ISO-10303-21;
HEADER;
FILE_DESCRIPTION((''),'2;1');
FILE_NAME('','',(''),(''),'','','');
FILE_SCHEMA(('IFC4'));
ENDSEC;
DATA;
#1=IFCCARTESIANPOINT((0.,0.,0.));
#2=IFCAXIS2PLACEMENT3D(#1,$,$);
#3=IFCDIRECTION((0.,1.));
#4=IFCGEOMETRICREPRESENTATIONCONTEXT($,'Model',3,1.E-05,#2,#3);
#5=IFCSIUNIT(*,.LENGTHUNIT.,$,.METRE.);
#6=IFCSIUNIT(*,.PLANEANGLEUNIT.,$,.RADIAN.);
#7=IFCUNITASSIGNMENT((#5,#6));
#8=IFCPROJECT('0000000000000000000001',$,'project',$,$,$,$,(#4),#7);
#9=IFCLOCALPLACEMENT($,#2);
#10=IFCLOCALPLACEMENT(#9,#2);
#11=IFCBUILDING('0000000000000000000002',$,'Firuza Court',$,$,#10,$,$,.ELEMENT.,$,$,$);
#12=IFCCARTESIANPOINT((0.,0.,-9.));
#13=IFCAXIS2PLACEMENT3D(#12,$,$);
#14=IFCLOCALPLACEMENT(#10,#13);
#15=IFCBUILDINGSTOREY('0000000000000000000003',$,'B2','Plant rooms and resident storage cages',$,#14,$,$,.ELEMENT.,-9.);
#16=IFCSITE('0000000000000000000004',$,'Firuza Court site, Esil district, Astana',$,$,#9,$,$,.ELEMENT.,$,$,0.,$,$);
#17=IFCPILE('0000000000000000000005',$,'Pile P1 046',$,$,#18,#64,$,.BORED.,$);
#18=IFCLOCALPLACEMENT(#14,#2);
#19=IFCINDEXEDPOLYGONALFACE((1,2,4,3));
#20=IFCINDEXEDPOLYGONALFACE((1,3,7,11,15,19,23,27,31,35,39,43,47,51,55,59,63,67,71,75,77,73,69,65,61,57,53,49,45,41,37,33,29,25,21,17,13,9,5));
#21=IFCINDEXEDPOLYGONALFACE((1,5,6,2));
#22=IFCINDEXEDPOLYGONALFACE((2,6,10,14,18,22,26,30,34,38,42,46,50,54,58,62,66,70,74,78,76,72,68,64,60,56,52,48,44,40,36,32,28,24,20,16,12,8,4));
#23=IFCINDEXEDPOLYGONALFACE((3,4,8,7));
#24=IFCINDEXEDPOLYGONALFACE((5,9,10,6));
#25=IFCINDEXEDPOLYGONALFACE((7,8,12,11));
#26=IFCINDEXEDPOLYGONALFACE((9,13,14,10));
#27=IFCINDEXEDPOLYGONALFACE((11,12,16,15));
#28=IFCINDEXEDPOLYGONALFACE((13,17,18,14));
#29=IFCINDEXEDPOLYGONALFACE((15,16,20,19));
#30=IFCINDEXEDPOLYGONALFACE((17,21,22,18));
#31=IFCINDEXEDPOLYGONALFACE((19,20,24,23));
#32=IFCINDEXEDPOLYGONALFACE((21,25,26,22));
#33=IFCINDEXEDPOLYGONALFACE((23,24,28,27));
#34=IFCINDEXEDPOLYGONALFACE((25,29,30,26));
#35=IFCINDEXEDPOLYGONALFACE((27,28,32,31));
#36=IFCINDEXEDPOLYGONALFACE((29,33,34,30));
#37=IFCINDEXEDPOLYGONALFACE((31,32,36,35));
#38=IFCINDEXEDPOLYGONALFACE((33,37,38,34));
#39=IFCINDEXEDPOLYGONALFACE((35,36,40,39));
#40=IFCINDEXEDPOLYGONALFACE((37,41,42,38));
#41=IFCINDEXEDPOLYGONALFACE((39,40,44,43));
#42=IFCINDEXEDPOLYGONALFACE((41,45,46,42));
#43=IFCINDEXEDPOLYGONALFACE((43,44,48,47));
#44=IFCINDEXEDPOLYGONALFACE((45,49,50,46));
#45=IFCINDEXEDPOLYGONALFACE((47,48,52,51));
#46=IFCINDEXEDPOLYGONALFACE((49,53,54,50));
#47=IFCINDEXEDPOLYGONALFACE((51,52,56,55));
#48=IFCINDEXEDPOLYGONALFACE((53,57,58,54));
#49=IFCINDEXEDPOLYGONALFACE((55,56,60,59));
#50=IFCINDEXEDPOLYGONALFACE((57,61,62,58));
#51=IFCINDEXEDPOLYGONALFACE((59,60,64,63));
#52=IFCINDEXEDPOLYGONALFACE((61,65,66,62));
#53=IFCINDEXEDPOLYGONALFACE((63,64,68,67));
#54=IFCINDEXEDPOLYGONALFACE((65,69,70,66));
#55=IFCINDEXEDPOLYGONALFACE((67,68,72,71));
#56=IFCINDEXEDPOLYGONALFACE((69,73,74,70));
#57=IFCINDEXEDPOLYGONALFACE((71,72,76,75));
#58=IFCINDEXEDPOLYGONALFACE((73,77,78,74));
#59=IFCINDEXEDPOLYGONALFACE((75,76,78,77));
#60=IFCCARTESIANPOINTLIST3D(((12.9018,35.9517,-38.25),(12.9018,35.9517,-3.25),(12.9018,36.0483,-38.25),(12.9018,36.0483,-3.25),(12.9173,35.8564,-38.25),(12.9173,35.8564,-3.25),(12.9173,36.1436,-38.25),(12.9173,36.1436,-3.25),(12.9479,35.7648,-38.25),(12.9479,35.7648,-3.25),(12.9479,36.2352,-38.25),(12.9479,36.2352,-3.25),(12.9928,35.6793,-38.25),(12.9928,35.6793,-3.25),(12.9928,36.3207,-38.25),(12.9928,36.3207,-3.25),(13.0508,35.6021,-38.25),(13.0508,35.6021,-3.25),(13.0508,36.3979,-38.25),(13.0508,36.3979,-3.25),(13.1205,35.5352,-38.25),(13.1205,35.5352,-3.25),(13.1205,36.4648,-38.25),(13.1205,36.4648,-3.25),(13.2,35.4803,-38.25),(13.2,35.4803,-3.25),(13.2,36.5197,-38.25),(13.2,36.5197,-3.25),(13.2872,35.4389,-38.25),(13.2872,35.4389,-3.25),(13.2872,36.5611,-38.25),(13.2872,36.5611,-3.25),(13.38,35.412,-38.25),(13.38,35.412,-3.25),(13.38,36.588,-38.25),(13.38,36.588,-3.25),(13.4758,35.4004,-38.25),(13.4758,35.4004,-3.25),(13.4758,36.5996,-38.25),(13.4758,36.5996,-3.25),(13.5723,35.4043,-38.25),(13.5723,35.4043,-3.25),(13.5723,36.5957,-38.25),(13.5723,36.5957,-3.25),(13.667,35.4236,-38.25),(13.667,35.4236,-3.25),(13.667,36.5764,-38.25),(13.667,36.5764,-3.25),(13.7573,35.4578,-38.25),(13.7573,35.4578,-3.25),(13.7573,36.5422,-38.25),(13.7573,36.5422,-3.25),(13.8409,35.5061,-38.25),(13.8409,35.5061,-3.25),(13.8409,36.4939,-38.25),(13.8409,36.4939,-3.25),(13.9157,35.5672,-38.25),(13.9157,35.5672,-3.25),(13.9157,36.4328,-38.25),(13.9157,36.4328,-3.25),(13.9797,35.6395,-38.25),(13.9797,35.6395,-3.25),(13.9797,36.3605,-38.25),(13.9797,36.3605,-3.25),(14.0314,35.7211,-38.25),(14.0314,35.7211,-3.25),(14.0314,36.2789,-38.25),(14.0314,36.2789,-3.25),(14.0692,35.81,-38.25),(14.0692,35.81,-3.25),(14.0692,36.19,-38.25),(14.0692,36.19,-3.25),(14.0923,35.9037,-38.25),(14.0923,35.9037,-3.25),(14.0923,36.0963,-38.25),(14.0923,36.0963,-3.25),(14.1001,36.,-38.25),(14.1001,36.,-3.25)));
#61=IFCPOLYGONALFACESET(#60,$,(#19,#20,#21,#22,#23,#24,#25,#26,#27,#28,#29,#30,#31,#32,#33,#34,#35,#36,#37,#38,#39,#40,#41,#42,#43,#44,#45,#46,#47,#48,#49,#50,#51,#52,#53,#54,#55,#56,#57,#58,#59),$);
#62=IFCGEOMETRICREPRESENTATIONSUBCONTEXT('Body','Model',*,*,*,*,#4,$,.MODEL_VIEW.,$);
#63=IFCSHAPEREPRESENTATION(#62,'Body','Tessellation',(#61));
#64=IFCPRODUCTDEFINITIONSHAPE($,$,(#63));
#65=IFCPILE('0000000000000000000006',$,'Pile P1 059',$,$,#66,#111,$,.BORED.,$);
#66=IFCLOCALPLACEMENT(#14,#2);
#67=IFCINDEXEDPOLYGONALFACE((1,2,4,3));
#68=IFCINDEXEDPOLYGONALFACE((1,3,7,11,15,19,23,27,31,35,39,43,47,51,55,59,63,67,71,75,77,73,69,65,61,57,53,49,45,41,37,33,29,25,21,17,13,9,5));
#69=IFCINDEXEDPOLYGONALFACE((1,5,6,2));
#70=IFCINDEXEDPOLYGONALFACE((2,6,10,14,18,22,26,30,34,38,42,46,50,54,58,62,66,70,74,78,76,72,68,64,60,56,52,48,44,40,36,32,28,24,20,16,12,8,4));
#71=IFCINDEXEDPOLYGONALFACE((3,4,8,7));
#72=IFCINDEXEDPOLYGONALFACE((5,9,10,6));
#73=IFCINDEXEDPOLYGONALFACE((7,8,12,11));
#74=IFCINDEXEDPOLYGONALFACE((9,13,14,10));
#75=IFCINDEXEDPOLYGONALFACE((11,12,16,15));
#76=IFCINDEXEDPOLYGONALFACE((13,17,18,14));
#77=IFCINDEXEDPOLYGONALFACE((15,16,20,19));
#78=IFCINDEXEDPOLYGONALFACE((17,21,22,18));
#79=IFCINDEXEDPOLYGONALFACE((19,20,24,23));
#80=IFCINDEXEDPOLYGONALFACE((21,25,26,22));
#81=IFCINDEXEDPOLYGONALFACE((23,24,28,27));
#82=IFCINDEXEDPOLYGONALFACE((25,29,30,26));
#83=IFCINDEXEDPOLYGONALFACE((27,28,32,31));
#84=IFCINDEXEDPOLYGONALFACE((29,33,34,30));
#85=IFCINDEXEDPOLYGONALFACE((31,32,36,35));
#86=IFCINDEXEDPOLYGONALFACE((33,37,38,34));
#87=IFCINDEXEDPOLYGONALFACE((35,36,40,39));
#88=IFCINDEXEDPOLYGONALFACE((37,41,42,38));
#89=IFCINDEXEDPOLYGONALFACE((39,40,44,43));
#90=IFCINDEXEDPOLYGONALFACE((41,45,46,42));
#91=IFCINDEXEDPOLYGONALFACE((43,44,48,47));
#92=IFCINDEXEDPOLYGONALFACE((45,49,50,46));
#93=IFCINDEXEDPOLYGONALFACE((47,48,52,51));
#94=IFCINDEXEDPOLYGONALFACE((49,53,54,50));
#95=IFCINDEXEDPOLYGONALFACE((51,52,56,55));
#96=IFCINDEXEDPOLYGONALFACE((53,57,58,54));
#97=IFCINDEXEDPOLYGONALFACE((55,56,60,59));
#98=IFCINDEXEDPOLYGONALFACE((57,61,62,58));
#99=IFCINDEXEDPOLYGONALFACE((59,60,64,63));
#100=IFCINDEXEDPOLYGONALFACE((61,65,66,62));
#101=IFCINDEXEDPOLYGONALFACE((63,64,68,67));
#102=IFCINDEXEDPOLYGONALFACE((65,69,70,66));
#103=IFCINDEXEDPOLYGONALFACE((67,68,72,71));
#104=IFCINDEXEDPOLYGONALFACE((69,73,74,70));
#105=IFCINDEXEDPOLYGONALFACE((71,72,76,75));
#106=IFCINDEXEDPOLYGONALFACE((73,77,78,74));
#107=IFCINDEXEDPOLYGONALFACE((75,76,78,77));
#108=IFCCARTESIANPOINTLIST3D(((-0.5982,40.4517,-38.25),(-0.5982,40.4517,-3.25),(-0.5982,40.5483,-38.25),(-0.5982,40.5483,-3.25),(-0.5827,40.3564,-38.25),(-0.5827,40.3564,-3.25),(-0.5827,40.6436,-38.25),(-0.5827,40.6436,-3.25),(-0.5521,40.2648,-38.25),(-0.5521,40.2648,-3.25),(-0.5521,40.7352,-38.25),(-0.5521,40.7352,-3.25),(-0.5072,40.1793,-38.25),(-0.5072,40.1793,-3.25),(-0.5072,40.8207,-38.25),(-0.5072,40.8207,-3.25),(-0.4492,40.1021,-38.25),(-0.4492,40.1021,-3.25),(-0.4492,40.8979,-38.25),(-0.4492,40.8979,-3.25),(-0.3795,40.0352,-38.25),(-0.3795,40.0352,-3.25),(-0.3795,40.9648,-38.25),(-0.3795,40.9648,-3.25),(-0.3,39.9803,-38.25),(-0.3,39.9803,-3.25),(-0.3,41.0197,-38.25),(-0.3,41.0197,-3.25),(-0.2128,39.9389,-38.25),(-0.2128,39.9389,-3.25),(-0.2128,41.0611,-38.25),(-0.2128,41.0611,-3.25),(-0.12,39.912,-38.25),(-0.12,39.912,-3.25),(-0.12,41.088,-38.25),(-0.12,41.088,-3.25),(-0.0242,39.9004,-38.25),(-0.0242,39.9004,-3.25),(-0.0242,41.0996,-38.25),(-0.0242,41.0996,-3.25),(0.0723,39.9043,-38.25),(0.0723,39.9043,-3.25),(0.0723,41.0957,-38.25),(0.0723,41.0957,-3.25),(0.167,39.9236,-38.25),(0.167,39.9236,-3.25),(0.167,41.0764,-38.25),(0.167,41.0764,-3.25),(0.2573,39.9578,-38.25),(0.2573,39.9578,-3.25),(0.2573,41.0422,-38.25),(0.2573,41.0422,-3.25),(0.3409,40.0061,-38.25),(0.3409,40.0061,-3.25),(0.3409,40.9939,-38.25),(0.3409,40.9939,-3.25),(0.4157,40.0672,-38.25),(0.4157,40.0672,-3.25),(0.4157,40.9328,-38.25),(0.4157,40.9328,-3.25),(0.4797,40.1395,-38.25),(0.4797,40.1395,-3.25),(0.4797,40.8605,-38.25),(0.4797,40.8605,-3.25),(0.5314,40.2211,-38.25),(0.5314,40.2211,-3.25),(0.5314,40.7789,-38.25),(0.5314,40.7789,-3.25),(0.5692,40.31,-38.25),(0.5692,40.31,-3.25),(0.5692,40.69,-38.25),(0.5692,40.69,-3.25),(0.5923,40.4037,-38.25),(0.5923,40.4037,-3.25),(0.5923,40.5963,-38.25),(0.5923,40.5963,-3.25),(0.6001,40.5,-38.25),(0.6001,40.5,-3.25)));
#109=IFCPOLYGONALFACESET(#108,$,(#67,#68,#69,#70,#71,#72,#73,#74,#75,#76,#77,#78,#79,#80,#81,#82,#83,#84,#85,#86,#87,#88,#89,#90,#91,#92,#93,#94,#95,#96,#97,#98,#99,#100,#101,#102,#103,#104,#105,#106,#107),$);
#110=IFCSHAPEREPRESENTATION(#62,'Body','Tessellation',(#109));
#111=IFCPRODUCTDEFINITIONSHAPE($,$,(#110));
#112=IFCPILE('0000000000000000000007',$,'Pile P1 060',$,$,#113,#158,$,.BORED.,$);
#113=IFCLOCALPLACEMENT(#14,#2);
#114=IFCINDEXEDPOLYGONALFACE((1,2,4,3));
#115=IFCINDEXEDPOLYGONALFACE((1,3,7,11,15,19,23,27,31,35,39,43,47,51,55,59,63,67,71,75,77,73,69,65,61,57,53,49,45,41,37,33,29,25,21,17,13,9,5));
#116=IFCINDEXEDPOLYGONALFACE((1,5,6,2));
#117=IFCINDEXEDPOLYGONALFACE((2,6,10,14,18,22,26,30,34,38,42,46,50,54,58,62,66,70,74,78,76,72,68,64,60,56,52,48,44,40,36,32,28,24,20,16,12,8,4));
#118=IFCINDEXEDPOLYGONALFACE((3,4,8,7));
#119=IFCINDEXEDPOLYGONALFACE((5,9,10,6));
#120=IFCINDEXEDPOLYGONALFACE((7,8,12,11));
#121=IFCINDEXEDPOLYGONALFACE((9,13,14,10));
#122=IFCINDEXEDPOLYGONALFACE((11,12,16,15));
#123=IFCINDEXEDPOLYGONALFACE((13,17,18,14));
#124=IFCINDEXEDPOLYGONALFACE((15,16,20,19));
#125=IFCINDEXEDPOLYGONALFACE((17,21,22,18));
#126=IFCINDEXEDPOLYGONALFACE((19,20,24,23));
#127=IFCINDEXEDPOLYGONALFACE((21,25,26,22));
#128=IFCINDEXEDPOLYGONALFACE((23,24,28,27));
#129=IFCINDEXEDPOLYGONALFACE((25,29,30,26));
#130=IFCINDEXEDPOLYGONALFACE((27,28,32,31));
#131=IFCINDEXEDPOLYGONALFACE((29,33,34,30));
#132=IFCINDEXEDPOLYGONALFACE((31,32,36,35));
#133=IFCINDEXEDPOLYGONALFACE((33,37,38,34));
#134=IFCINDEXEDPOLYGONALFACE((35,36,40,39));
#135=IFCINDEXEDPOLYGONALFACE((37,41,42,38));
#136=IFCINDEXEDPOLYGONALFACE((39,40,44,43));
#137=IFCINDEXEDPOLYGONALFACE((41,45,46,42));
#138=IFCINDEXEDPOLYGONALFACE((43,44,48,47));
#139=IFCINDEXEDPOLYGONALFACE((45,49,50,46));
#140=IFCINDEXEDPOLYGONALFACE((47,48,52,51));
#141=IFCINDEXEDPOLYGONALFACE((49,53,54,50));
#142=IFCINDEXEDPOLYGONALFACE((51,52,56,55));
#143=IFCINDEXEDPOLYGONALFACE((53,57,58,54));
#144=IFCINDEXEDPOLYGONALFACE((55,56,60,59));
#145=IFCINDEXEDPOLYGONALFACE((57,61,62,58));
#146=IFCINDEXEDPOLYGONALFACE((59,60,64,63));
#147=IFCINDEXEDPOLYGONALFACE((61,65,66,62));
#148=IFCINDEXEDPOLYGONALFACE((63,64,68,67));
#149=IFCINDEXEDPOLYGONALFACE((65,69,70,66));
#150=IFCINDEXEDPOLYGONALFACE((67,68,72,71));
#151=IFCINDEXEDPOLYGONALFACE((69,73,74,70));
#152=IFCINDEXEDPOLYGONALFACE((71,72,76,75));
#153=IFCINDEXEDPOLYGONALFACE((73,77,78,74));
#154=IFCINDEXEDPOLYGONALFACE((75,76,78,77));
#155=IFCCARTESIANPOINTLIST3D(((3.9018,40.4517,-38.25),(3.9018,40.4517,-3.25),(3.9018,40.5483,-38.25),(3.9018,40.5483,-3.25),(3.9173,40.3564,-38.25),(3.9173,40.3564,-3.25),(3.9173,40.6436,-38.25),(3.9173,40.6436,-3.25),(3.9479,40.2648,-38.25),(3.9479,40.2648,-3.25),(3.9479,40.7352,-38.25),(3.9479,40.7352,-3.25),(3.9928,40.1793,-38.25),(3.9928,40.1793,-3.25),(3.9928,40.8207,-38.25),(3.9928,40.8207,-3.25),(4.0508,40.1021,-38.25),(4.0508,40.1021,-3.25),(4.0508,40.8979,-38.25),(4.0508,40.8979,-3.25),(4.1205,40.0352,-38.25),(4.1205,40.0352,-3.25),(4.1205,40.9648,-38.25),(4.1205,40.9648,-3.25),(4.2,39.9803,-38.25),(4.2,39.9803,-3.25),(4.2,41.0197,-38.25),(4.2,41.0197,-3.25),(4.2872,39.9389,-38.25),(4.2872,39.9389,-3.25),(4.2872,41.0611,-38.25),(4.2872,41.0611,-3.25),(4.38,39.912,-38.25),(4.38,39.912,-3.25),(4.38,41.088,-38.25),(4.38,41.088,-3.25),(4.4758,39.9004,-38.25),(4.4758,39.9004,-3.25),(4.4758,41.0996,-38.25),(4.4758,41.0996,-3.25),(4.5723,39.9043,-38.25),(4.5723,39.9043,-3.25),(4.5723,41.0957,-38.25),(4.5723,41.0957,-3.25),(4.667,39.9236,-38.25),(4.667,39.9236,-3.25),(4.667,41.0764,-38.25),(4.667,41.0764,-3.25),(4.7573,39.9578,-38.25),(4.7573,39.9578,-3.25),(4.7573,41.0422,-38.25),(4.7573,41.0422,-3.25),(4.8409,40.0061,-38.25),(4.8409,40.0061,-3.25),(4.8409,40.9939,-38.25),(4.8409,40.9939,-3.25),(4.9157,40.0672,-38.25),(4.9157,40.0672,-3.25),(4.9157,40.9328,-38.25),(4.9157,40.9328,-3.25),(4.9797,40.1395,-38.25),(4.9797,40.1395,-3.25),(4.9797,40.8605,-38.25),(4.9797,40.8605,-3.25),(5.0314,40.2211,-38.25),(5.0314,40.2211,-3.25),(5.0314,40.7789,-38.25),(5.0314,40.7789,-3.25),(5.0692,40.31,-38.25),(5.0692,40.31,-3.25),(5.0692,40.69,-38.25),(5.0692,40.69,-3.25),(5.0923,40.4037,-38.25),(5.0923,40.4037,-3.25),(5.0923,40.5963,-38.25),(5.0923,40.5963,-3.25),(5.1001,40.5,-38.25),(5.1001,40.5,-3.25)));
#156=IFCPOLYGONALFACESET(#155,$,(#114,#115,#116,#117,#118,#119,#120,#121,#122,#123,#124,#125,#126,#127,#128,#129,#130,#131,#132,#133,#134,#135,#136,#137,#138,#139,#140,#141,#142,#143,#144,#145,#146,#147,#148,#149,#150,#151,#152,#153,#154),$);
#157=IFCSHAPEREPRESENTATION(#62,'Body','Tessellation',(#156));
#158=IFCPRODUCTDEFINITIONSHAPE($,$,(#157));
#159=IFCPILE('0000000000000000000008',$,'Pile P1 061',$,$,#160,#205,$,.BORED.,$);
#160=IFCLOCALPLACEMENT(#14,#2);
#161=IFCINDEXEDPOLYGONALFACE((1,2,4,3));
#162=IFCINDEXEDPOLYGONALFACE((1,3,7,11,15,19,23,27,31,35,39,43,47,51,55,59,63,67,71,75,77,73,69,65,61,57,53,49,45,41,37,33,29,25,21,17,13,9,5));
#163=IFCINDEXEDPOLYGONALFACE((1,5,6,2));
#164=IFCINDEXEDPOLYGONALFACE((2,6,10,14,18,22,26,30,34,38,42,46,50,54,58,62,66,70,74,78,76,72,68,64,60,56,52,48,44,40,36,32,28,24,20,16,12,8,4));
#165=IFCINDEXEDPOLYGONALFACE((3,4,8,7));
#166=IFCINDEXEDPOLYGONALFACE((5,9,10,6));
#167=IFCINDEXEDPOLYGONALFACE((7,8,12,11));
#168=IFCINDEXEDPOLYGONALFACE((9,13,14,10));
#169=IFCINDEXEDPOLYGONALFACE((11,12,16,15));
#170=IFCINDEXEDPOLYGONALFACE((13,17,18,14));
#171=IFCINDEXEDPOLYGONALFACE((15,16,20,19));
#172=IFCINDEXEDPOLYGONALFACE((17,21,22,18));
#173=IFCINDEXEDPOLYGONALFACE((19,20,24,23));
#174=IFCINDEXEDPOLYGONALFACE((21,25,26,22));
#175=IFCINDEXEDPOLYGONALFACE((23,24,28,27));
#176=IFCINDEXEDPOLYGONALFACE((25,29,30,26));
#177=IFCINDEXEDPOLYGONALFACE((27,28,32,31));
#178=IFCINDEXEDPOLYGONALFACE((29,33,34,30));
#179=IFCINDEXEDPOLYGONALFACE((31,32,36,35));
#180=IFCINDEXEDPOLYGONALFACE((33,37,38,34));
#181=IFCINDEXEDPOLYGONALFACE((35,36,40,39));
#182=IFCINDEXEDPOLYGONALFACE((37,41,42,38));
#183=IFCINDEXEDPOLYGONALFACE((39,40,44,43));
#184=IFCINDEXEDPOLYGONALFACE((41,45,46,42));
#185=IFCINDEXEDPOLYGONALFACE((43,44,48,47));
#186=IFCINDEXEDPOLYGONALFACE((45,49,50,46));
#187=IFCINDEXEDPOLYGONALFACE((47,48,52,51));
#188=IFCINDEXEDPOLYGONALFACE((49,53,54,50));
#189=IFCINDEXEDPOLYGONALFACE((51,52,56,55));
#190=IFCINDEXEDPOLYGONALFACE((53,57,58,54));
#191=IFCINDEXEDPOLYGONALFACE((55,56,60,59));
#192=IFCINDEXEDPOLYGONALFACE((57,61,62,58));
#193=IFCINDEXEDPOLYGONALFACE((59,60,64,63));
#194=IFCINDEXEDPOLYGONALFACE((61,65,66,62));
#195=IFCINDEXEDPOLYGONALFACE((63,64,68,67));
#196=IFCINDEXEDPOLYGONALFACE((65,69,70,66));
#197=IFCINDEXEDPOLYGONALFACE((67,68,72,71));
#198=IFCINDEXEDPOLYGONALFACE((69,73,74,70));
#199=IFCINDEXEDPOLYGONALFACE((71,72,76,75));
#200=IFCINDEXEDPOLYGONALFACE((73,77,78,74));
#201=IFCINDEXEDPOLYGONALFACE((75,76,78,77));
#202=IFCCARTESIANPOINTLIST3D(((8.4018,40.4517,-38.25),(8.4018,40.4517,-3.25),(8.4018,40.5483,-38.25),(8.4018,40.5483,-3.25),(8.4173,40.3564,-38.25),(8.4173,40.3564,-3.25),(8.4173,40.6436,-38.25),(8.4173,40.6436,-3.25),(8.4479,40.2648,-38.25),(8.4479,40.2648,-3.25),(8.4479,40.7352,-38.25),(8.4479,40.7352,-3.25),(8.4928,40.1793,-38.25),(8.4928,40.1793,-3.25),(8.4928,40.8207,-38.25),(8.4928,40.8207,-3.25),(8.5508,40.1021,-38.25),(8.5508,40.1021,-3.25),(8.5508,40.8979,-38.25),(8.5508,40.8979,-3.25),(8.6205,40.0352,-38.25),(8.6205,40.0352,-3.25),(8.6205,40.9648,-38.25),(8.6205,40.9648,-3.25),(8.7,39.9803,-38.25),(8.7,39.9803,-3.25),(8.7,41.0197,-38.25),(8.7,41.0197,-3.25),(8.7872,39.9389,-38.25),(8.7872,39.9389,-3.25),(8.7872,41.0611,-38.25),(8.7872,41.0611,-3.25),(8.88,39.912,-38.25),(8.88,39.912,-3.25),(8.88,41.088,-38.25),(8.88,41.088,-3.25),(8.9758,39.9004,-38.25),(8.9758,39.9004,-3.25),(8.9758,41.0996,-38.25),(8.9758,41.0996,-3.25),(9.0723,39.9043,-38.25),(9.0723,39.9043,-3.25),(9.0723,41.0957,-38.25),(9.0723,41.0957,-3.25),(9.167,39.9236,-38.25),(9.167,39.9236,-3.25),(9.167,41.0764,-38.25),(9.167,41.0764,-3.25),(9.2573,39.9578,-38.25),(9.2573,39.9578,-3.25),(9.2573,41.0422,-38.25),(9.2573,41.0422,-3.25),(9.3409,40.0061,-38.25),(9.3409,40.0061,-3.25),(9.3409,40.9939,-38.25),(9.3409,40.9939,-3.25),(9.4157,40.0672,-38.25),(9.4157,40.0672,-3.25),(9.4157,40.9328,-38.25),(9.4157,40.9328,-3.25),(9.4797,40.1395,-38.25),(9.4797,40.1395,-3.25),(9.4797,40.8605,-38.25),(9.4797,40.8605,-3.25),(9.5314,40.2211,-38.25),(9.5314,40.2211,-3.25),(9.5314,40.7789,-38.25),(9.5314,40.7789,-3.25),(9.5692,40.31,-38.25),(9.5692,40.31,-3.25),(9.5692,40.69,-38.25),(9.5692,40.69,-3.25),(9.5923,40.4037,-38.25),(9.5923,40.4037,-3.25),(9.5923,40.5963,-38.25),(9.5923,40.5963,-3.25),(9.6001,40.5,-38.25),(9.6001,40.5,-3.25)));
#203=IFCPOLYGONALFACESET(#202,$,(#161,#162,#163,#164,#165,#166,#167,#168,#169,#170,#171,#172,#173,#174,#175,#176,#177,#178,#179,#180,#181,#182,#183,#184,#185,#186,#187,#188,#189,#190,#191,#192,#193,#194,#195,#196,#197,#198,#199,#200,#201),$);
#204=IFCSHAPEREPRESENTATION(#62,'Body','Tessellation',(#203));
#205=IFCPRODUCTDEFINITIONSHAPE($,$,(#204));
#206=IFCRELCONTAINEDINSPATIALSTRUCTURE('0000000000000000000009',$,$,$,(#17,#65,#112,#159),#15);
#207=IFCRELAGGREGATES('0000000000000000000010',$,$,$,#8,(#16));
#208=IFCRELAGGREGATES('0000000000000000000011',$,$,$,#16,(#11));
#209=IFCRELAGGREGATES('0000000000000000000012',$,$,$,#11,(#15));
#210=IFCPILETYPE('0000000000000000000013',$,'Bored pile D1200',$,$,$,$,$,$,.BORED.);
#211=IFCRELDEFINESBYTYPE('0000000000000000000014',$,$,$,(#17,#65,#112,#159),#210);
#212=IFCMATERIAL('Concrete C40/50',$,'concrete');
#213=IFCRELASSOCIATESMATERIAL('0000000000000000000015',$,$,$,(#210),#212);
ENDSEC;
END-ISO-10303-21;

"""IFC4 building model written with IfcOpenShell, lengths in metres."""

from ifc_helpers import new_model, si_unit, direction, frame, origin, origin_2d, place, context, subcontext, project, spatial, circle, extrude, material, material_profile, profile_set, type_object, element, save


model = new_model("IFC4")

# Units and contexts
model_context = context("Model", 3, precision=1e-05, world=origin(), true_north=direction((0.0, 1.0)))
body_context = subcontext(model_context, "Body", "Model", "MODEL_VIEW")
ifc_project = project(units=[si_unit("LENGTHUNIT", "METRE"), si_unit("PLANEANGLEUNIT", "RADIAN")], contexts=[model_context])

# Site, building, storey
site_placement = place(None, origin())
site = spatial("IfcSite", under=ifc_project, at=site_placement, Name="Firuza Court site, Esil district, Astana", CompositionType="ELEMENT", RefElevation=0.0)
building_placement = place(site_placement, origin())
building = spatial("IfcBuilding", under=site, at=building_placement, Name="Firuza Court", CompositionType="ELEMENT")
storey_placement = place(building_placement, frame((0.0, 0.0, -9.0)))
storey = spatial("IfcBuildingStorey", under=building, at=storey_placement, Name="B2", Description="Plant rooms and resident storage cages", CompositionType="ELEMENT", Elevation=-9.0)

# Piles
ifc_material_1 = material(Name="Concrete C40/50", Category="concrete")
ifc_material_profile_1 = material_profile(ifc_material_1, circle(Radius=0.6001, at=origin_2d()), Name="Pile D1200")
ifc_profile_set_1 = profile_set([ifc_material_profile_1], Name="Concrete C40/50")
pile_type = type_object("IfcPileType", Name="Bored pile D1200", PredefinedType="BORED", material=ifc_profile_set_1)
for number, where, z_axis, x_axis, name in (
    (1, (13.5, 36.0, -3.25), (0.0, 0.0, -1.0), (1.0, 0.0, 0.0), "Pile P1 046"),
    (2, (0.0, 40.5, -3.25), (0.0, 0.0, -1.0), (1.0, 0.0, 0.0), "Pile P1 059"),
    (3, (4.5, 40.5, -3.25), (0.0, 0.0, -1.0), (1.0, 0.0, 0.0), "Pile P1 060"),
    (4, (9.0, 40.5, -3.25), (0.0, 0.0, -1.0), (1.0, 0.0, 0.0), "Pile P1 061"),
):
    element("IfcPile", number, at=place(storey_placement, frame(where, z_axis=z_axis, x_axis=x_axis)), inside=storey, type_object=pile_type, Name=name, PredefinedType="BORED", context=body_context, shape_type="SweptSolid", body=[
        extrude(circle(Radius=0.6001, at=origin_2d()), origin(), (0.0, 0.0, 1.0), 35.0),
    ])

save(model, "model.ifc")
